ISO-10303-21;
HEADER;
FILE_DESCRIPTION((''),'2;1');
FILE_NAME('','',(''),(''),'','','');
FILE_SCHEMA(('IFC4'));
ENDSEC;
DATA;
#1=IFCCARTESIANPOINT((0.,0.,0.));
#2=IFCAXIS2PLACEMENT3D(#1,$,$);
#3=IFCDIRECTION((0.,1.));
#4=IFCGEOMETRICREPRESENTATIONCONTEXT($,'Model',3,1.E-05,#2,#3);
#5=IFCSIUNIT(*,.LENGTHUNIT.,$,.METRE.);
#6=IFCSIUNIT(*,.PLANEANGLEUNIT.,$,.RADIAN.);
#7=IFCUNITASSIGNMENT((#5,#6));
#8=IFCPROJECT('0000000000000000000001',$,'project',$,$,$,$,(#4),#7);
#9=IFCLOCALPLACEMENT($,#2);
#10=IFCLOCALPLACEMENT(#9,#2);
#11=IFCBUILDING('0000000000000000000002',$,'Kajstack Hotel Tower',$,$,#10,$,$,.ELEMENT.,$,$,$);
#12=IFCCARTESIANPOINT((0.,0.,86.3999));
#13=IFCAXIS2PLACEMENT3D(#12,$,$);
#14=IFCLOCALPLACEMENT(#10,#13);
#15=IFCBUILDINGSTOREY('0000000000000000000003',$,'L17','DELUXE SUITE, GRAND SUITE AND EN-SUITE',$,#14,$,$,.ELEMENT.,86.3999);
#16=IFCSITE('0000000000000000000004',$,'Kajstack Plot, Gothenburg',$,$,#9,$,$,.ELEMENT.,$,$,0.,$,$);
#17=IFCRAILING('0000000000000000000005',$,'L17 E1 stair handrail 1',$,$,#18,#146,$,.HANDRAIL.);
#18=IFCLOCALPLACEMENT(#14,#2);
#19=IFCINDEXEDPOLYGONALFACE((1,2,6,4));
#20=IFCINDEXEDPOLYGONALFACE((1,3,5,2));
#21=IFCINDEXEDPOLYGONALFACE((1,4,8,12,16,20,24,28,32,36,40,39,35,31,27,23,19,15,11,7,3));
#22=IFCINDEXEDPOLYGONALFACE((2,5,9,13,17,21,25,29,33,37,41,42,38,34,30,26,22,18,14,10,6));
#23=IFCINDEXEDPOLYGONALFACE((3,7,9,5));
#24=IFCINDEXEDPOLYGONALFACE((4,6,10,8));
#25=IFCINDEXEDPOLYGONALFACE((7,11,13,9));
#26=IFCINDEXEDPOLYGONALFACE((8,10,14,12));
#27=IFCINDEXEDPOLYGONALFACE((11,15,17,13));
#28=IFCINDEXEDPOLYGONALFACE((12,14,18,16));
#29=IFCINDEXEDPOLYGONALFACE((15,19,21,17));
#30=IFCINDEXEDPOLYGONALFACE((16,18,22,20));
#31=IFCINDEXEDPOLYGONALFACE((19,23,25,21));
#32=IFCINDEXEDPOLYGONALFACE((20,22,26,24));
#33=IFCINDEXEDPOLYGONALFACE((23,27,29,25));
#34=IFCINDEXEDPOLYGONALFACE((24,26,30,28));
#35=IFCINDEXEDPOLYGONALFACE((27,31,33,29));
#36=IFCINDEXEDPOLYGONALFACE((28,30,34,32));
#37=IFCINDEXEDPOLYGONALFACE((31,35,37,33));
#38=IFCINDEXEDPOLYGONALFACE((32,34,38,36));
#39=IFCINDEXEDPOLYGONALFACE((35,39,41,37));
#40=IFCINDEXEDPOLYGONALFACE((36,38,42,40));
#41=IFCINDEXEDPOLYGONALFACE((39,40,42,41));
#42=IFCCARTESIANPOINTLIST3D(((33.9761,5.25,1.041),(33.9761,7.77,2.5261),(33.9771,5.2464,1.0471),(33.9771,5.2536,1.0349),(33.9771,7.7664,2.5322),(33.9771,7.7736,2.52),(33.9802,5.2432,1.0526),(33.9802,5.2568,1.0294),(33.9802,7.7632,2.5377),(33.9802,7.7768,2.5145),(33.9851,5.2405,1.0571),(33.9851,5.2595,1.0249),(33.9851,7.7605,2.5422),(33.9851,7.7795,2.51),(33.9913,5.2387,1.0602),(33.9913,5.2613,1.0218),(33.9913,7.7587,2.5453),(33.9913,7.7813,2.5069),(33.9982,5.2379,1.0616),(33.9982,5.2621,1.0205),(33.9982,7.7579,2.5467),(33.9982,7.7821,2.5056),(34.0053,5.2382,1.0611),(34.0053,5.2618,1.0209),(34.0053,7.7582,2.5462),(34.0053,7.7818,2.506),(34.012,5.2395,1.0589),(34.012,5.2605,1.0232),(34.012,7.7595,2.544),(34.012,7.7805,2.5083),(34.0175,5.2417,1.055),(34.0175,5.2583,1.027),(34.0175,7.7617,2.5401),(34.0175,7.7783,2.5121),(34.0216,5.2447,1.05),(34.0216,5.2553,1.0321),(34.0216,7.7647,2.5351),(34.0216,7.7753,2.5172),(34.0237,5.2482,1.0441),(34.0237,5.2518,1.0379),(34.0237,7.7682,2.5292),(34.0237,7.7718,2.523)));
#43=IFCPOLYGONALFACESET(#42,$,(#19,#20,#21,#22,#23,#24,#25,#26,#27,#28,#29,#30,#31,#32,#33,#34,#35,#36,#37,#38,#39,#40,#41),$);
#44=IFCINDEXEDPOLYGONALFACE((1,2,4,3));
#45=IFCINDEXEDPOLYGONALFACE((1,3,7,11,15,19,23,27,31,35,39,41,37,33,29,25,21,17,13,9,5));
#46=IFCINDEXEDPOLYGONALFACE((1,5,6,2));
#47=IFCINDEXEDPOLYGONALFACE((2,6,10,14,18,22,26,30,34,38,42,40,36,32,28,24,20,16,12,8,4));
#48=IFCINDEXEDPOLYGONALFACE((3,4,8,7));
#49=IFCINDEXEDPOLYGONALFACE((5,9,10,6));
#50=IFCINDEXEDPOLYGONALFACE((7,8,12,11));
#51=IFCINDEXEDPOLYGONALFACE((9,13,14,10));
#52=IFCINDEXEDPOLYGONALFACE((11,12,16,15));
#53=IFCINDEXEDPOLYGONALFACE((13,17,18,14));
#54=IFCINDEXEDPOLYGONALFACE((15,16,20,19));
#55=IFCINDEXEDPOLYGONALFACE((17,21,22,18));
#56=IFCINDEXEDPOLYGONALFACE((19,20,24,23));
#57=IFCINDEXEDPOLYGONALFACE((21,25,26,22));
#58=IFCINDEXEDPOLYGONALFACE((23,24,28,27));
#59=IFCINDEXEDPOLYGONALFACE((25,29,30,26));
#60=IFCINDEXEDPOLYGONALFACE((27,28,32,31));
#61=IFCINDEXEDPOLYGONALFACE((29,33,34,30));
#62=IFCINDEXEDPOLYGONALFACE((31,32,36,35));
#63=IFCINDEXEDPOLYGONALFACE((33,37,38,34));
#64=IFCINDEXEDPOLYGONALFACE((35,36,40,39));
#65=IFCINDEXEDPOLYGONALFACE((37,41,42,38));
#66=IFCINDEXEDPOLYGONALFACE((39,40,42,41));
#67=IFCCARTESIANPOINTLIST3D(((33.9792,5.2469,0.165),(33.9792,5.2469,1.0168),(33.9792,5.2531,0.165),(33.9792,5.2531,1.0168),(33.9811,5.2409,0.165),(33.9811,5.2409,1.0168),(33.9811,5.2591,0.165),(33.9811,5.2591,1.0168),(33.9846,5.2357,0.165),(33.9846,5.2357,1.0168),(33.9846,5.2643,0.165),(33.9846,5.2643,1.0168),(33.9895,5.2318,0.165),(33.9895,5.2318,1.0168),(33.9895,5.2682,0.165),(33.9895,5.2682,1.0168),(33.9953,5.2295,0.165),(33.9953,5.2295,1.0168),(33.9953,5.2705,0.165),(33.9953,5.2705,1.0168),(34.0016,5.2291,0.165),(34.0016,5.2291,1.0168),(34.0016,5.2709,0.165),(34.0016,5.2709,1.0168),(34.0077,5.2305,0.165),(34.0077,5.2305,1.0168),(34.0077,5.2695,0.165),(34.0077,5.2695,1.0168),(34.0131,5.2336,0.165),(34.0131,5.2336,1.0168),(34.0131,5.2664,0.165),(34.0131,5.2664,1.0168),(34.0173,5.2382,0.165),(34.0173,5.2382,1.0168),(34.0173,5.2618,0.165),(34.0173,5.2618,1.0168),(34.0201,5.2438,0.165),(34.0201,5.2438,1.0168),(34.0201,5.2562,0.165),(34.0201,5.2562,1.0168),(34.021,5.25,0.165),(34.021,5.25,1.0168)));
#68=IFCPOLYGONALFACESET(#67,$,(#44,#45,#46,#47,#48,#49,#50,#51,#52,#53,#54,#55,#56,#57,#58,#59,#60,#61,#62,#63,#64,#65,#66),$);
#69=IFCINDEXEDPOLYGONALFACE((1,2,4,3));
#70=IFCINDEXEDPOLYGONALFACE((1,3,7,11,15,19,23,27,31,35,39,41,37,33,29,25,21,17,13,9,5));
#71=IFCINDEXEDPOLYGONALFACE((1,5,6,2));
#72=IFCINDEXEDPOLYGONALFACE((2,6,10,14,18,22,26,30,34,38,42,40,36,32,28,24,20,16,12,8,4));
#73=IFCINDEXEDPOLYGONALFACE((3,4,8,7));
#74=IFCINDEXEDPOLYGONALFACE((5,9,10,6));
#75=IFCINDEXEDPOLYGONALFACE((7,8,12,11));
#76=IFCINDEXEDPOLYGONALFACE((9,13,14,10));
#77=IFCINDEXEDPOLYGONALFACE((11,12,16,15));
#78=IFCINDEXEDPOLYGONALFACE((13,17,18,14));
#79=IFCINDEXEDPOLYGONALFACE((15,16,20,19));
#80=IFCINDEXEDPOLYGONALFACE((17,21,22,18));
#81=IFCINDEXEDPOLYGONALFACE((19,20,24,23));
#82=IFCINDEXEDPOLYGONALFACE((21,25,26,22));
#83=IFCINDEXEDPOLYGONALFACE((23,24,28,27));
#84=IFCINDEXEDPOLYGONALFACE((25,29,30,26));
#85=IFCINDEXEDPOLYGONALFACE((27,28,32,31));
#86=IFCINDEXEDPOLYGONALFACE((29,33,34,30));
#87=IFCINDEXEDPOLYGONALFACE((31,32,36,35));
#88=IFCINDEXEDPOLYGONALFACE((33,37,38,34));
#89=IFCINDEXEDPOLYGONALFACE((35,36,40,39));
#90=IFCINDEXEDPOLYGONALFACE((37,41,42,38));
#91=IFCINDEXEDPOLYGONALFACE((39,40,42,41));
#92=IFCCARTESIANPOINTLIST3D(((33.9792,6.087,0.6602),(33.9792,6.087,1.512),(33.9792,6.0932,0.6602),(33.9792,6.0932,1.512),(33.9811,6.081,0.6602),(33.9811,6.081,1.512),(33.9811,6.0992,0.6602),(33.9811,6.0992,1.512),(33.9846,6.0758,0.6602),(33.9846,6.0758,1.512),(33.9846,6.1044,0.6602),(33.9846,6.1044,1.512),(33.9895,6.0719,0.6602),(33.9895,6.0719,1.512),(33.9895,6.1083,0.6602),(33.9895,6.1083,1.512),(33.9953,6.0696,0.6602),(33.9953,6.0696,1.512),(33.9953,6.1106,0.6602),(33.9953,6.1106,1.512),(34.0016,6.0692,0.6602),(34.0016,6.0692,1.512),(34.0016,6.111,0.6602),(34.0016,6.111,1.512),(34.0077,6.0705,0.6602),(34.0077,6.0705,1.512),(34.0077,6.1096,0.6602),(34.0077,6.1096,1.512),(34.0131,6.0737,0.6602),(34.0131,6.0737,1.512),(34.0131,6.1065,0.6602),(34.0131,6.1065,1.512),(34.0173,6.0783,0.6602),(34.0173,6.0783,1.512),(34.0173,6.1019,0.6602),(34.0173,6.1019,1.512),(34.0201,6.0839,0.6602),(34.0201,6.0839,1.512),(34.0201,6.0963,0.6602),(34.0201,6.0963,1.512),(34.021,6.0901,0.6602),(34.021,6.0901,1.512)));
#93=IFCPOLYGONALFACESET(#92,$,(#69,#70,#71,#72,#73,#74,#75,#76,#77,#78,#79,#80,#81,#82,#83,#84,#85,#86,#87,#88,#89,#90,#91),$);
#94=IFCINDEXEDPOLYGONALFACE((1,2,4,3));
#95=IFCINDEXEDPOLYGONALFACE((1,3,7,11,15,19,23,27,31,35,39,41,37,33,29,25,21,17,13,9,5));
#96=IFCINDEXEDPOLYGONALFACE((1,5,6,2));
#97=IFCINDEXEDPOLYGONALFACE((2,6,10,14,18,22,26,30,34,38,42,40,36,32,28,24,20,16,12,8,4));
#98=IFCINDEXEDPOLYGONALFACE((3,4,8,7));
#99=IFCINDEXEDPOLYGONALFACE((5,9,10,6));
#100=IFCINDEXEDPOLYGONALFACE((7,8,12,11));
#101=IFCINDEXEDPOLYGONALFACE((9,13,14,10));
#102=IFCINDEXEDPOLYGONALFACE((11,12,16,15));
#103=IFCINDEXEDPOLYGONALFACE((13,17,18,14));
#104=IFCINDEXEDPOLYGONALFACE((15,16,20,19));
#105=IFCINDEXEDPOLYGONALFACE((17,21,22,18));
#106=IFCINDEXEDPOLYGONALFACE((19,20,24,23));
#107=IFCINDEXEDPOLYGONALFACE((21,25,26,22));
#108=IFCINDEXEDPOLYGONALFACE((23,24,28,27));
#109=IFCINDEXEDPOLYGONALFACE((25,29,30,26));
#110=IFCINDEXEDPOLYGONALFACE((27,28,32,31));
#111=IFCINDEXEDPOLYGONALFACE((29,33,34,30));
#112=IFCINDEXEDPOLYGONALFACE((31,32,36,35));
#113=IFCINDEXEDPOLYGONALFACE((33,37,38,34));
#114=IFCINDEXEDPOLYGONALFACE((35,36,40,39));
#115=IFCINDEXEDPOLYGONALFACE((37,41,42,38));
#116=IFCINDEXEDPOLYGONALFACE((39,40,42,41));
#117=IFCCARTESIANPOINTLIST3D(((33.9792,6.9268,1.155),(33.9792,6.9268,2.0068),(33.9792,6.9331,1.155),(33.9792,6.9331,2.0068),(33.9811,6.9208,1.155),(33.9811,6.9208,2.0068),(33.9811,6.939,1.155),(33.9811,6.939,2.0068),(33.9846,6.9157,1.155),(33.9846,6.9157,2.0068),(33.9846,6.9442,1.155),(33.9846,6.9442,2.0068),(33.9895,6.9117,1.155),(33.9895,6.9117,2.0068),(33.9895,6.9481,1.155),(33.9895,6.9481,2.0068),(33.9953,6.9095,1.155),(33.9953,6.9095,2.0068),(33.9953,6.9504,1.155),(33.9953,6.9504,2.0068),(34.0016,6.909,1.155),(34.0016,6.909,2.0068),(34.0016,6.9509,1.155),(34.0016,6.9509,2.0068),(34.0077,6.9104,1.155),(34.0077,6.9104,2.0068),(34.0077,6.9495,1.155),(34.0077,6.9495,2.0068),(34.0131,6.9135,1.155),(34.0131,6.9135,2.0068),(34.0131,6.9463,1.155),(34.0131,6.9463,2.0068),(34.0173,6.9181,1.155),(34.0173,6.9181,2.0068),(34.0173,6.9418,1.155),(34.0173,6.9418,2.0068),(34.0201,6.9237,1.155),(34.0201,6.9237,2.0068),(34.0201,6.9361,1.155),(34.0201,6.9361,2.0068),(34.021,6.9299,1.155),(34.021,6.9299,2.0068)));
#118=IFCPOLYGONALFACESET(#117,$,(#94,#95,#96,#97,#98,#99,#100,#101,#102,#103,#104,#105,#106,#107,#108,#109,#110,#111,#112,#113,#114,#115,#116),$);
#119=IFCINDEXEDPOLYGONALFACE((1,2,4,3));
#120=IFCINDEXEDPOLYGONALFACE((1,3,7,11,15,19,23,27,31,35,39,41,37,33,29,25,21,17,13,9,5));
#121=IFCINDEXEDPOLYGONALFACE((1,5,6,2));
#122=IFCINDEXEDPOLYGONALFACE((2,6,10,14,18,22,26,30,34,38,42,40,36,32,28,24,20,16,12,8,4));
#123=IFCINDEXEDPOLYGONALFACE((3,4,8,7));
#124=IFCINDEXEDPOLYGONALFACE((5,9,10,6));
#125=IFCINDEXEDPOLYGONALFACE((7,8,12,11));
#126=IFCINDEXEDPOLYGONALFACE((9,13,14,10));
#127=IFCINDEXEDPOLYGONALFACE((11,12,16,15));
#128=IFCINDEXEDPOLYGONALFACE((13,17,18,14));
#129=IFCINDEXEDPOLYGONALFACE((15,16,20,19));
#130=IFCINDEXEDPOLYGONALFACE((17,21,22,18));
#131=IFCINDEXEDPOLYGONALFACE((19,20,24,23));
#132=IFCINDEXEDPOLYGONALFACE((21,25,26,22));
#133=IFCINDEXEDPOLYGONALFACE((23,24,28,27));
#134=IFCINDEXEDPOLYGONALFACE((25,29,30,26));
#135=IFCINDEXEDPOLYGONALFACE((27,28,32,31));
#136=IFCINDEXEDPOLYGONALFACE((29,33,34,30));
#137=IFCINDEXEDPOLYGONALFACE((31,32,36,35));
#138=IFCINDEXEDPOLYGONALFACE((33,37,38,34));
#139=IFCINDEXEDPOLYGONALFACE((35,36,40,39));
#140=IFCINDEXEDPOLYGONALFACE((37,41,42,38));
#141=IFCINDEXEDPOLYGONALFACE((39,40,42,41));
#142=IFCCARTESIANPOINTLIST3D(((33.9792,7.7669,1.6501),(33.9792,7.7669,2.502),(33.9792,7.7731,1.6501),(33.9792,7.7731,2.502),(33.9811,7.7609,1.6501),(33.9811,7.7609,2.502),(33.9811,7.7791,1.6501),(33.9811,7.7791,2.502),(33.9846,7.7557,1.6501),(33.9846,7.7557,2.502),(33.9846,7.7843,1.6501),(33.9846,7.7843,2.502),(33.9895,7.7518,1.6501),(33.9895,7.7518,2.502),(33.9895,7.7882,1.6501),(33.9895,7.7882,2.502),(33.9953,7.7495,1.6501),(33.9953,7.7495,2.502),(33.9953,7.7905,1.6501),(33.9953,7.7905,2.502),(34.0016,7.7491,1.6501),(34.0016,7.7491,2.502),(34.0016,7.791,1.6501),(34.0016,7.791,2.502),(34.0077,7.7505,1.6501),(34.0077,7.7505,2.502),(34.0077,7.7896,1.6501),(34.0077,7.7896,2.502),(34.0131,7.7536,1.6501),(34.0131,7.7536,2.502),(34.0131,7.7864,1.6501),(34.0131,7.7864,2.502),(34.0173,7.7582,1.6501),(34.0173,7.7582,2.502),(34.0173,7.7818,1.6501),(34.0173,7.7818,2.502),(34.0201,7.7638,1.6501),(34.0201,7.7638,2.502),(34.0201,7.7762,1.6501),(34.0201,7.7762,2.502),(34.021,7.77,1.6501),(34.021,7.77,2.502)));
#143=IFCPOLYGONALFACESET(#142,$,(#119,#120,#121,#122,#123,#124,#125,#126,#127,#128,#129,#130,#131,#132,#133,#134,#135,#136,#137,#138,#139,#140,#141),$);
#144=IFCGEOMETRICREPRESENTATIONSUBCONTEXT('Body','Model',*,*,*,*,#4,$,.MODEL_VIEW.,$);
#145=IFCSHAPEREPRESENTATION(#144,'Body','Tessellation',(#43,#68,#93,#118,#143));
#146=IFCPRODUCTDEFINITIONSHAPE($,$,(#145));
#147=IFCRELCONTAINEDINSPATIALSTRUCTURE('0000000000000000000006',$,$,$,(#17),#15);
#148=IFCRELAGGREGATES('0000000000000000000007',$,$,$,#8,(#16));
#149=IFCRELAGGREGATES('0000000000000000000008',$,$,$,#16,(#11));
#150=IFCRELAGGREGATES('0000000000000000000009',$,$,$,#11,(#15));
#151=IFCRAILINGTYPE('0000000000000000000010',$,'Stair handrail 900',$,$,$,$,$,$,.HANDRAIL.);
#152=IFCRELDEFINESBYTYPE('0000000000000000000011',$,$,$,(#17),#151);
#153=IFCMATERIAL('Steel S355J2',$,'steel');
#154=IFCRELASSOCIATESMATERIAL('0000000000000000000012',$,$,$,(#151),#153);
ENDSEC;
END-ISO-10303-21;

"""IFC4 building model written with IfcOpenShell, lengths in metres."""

from ifc_helpers import new_model, si_unit, direction, frame, origin, origin_2d, place, context, subcontext, project, spatial, circle, extrude, material, type_object, element, save


model = new_model("IFC4")

# Units and contexts
model_context = context("Model", 3, precision=1e-05, world=origin(), true_north=direction((0.0, 1.0)))
body_context = subcontext(model_context, "Body", "Model", "MODEL_VIEW")
ifc_project = project(units=[si_unit("LENGTHUNIT", "METRE"), si_unit("PLANEANGLEUNIT", "RADIAN")], contexts=[model_context])

# Site, building, storey
site_placement = place(None, origin())
site = spatial("IfcSite", under=ifc_project, at=site_placement, Name="Kajstack Plot, Gothenburg", CompositionType="ELEMENT", RefElevation=0.0)
building_placement = place(site_placement, origin())
building = spatial("IfcBuilding", under=site, at=building_placement, Name="Kajstack Hotel Tower", CompositionType="ELEMENT")
storey_placement = place(building_placement, frame((0.0, 0.0, 86.3999)))
storey = spatial("IfcBuildingStorey", under=building, at=storey_placement, Name="L17", Description="DELUXE SUITE, GRAND SUITE AND EN-SUITE", CompositionType="ELEMENT", Elevation=86.3999)

# Railing
ifc_material_1 = material(Name="Steel S355J2", Category="steel")
railing_type_1 = type_object("IfcRailingType", Name="Stair handrail 900", PredefinedType="HANDRAIL", material=ifc_material_1)
railing_1_placement = place(storey_placement, frame((34.0, 5.25, 0.165)))
element("IfcRailing", 1, at=railing_1_placement, inside=storey, type_object=railing_type_1, Name="L17 E1 stair handrail 1", PredefinedType="HANDRAIL", context=body_context, shape_type="SweptSolid", body=[
    extrude(circle(Radius=0.0239, at=origin_2d()), frame((0.0, 0.0, 0.876), z_axis=(0.0, 0.861524, 0.507717), x_axis=(-1.0, 0.0, 0.0)), (0.0, 0.0, 1.0), 2.925),
    extrude(circle(Radius=0.021, at=origin_2d()), origin(), (0.0, 0.0, 1.0), 0.8518),
    extrude(circle(Radius=0.021, at=origin_2d()), frame((0.0, 0.8401, 0.4951)), (0.0, 0.0, 1.0), 0.8518),
    extrude(circle(Radius=0.021, at=origin_2d()), frame((0.0, 1.6799, 0.99)), (0.0, 0.0, 1.0), 0.8518),
    extrude(circle(Radius=0.021, at=origin_2d()), frame((0.0, 2.52, 1.4851)), (0.0, 0.0, 1.0), 0.8518),
])

save(model, "model.ifc")
